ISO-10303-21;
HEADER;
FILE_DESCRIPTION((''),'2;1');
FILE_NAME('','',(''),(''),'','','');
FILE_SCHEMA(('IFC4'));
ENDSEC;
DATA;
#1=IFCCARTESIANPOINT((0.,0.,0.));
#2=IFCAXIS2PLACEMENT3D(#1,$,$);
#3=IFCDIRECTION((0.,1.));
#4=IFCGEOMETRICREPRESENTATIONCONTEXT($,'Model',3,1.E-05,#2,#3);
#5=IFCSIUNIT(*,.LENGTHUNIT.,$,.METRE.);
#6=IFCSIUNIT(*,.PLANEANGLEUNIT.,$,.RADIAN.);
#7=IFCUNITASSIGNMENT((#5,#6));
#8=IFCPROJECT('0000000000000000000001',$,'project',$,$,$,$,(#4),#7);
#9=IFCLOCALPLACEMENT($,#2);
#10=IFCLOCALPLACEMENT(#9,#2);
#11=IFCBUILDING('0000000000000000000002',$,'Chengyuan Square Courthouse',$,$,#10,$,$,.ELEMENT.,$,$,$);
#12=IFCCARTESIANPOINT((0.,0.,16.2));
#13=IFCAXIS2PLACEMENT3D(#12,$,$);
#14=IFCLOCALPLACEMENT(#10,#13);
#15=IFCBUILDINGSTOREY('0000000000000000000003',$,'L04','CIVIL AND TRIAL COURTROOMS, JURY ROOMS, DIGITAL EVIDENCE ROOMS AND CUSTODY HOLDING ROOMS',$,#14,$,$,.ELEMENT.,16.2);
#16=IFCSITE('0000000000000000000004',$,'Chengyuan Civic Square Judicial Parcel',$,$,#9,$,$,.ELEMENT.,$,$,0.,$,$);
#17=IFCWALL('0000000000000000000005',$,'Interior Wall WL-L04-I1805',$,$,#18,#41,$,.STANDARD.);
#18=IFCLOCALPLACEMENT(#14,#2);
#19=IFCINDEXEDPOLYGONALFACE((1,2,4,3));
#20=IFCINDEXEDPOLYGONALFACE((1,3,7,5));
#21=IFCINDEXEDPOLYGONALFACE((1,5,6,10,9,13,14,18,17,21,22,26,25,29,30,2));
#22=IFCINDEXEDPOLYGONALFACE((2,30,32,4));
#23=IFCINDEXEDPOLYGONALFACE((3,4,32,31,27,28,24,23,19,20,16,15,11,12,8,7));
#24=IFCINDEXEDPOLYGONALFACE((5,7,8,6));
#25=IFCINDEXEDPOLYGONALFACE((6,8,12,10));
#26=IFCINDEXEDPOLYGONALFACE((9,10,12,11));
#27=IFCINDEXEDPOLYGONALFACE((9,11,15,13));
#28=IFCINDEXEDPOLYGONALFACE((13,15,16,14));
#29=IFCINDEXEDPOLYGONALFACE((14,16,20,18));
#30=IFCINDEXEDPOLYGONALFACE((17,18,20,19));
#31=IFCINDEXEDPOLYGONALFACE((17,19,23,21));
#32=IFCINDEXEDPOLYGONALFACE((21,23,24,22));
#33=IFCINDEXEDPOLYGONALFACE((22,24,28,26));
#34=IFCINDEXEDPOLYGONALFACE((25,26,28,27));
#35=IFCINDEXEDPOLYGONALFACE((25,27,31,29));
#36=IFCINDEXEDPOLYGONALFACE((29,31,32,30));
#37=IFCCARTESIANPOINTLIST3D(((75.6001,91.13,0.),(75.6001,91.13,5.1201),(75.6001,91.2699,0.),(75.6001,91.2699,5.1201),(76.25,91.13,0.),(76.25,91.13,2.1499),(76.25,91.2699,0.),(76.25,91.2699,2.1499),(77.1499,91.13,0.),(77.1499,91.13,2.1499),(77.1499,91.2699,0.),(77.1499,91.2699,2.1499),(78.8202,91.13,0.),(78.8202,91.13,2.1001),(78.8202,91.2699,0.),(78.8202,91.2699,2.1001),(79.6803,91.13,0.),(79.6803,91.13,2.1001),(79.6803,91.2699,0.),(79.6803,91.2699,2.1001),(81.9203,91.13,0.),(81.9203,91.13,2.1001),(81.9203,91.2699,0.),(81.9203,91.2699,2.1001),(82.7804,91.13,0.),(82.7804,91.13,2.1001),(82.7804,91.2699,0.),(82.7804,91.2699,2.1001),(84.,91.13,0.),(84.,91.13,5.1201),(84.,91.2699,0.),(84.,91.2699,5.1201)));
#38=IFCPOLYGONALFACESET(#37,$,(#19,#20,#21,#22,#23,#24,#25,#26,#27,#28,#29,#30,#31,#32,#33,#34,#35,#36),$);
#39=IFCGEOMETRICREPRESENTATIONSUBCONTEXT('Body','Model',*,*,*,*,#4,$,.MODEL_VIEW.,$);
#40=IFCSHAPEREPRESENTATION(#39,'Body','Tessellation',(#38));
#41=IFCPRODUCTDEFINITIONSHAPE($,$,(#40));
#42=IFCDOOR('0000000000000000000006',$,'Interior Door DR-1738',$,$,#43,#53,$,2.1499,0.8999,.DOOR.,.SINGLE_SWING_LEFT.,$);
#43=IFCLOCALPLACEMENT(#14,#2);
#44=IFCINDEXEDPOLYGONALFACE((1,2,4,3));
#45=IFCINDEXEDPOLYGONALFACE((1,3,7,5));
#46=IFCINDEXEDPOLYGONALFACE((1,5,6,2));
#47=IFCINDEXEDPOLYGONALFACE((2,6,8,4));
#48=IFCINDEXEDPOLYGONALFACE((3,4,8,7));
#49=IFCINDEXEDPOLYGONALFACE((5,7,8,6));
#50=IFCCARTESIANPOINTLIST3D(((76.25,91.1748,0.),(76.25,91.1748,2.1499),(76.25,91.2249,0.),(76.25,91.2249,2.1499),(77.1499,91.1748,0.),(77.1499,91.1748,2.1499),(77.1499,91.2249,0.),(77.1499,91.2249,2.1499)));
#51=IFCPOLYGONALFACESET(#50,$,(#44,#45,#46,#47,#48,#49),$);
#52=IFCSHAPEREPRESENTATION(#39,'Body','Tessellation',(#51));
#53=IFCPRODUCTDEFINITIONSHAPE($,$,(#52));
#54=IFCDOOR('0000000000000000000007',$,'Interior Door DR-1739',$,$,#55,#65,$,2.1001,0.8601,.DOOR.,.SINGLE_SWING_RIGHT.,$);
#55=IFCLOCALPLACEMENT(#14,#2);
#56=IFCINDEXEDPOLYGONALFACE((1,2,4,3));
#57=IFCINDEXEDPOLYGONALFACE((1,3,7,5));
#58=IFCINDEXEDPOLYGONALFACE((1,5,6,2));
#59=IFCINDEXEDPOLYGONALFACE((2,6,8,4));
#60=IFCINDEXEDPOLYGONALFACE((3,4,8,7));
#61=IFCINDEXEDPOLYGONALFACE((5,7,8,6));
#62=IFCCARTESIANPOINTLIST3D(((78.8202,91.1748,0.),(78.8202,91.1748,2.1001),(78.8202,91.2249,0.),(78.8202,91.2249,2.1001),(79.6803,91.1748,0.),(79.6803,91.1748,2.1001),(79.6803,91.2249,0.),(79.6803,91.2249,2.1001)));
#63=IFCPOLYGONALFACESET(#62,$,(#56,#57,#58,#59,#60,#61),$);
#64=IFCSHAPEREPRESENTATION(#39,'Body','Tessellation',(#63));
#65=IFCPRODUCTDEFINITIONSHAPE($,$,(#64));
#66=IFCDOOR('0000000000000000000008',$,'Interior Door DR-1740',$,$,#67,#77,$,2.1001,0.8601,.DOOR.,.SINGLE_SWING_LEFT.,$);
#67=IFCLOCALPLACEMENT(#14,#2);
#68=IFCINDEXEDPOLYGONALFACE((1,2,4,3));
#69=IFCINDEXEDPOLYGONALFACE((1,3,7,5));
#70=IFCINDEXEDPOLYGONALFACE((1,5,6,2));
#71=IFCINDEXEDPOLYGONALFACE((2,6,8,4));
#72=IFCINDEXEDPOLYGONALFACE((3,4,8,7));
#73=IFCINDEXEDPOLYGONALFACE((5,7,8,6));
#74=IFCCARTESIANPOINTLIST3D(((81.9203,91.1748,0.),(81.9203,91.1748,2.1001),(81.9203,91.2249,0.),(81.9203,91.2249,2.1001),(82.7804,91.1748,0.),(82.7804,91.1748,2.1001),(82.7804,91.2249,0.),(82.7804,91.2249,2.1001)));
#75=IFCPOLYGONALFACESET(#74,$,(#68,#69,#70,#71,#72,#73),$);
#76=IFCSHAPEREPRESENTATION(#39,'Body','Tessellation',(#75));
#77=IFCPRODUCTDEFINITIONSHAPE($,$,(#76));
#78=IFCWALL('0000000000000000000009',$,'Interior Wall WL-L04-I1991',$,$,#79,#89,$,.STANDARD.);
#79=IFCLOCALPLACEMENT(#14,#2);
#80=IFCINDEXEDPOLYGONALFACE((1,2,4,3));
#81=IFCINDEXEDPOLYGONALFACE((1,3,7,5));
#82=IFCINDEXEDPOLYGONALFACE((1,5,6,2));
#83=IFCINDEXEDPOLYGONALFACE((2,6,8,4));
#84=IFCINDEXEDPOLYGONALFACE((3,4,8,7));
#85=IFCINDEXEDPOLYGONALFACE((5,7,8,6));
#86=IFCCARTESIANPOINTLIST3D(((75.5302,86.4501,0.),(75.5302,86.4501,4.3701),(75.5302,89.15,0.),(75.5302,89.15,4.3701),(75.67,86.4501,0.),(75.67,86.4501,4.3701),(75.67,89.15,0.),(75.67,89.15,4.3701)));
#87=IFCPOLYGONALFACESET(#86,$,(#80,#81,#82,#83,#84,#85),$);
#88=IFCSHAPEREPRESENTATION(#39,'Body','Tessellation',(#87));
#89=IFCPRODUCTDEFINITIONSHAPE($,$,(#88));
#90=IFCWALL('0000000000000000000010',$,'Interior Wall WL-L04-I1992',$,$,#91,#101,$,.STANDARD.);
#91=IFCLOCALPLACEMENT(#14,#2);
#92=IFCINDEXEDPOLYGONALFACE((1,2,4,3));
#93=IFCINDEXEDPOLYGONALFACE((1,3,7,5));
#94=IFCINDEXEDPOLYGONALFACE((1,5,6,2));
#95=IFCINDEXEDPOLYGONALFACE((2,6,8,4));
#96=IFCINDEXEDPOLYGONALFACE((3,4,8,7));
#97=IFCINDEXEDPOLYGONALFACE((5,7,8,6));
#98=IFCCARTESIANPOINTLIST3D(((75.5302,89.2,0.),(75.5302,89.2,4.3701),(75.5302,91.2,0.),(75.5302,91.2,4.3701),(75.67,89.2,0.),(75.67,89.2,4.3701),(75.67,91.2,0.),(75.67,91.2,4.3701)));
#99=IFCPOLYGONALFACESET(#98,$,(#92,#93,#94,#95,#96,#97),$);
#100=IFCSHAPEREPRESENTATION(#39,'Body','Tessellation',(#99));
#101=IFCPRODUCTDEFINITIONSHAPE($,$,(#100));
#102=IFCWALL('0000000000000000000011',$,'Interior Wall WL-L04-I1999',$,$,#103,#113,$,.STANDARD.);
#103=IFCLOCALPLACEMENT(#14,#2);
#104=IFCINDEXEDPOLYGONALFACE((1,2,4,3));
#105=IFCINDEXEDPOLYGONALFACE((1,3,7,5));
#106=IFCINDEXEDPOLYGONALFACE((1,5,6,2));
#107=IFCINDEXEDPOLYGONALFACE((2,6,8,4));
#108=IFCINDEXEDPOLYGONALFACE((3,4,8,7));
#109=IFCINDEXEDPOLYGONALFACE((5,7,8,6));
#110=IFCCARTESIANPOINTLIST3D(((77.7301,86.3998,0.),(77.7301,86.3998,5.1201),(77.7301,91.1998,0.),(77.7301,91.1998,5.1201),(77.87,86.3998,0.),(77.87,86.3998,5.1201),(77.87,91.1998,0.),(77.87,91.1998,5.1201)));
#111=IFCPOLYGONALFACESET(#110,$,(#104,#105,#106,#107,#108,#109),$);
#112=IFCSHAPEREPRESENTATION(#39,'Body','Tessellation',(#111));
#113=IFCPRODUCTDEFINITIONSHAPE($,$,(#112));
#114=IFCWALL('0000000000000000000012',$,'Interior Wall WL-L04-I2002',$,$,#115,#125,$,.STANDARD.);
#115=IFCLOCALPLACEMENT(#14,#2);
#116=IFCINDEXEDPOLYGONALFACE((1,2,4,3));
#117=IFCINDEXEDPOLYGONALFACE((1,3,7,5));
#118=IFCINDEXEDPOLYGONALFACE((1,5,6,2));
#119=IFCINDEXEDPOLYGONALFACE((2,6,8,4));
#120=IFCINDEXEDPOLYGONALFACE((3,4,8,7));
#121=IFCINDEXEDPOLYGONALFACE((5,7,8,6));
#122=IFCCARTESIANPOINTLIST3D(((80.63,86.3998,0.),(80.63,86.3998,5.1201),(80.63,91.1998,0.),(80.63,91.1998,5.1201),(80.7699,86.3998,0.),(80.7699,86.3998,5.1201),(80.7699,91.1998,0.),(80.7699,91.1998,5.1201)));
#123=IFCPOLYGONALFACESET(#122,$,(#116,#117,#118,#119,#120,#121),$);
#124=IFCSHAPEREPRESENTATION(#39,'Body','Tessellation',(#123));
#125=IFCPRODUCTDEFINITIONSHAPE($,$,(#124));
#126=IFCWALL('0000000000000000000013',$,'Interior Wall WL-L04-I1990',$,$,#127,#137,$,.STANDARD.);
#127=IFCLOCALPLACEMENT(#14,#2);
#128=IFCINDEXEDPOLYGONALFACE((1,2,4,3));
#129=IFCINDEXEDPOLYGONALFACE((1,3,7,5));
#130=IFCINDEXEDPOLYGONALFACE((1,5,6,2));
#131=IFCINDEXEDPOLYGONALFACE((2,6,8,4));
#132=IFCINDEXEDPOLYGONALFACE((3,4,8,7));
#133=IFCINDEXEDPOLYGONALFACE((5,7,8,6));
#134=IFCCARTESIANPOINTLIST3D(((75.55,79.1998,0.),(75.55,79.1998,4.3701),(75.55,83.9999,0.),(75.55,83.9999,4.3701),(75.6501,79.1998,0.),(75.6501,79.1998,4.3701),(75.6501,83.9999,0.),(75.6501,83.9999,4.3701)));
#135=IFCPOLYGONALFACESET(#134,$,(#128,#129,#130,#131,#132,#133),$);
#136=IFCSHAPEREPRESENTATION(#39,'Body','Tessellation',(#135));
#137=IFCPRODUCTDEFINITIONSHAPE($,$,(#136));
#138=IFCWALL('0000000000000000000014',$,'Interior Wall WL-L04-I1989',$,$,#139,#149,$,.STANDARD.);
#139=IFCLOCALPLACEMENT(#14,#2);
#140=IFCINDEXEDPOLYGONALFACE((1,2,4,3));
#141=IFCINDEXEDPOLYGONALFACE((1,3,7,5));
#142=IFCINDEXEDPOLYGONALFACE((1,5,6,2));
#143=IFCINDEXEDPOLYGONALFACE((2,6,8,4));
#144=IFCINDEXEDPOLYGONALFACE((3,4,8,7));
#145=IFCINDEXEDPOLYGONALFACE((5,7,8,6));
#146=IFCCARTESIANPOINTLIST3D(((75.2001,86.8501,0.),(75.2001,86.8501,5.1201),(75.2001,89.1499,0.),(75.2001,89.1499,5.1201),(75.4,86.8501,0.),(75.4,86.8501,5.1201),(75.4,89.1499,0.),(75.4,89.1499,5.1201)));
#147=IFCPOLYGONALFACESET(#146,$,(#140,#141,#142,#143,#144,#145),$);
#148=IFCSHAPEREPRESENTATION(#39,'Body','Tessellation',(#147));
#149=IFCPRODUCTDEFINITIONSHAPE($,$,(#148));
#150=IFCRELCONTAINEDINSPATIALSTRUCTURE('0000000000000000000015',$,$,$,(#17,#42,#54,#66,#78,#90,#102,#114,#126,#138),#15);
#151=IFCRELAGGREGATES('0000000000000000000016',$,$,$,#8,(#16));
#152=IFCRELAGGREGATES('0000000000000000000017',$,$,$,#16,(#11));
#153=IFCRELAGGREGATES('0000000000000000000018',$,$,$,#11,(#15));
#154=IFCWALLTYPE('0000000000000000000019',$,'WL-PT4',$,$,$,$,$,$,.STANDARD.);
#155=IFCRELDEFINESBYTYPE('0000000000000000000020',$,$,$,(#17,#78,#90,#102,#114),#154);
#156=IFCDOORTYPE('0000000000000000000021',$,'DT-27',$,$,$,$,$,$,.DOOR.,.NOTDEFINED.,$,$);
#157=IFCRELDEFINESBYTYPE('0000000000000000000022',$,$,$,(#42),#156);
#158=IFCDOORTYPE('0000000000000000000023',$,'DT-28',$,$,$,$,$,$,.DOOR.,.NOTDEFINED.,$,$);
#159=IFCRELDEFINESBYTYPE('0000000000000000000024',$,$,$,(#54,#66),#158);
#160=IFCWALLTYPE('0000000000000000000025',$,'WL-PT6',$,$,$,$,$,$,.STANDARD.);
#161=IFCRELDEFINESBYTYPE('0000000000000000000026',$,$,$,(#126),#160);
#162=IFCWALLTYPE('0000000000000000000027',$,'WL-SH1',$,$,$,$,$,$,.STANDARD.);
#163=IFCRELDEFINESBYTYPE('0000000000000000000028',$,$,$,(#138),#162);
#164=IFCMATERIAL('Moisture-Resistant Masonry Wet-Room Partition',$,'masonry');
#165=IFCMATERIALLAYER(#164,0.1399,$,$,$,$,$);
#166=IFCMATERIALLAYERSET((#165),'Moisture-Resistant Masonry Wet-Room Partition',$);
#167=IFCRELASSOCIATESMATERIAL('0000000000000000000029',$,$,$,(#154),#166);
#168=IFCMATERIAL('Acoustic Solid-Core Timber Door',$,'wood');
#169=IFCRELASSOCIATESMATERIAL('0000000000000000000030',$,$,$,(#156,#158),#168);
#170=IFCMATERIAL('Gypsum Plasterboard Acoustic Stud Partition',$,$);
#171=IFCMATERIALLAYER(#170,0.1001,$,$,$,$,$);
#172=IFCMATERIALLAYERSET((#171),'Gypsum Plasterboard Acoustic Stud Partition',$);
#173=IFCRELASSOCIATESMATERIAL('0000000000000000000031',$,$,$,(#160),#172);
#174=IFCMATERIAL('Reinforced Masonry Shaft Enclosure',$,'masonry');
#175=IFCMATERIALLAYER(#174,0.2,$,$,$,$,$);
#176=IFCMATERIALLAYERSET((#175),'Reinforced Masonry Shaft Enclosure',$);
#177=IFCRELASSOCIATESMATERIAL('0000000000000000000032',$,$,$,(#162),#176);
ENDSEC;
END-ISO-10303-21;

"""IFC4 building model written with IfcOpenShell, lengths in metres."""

from ifc_helpers import new_model, si_unit, direction, frame, frame_2d, origin, place, context, subcontext, project, spatial, rectangle, extrude, material, layer, layer_set, type_object, element, fill, save


model = new_model("IFC4")

# Units and contexts
model_context = context("Model", 3, precision=1e-05, world=origin(), true_north=direction((0.0, 1.0)))
body_context = subcontext(model_context, "Body", "Model", "MODEL_VIEW")
ifc_project = project(units=[si_unit("LENGTHUNIT", "METRE"), si_unit("PLANEANGLEUNIT", "RADIAN")], contexts=[model_context])

# Site, building, storey
site_placement = place(None, origin())
site = spatial("IfcSite", under=ifc_project, at=site_placement, Name="Chengyuan Civic Square Judicial Parcel", CompositionType="ELEMENT", RefElevation=0.0)
building_placement = place(site_placement, origin())
building = spatial("IfcBuilding", under=site, at=building_placement, Name="Chengyuan Square Courthouse", CompositionType="ELEMENT")
storey_placement = place(building_placement, frame((0.0, 0.0, 16.2)))
storey = spatial("IfcBuildingStorey", under=building, at=storey_placement, Name="L04", Description="CIVIL AND TRIAL COURTROOMS, JURY ROOMS, DIGITAL EVIDENCE ROOMS AND CUSTODY HOLDING ROOMS", CompositionType="ELEMENT", Elevation=16.2)

# Shared definitions
ifc_material_1 = material(Name="Moisture-Resistant Masonry Wet-Room Partition", Category="masonry")
ifc_layer_1 = layer(ifc_material_1, 0.1399)
ifc_layer_set_1 = layer_set([ifc_layer_1], Name="Moisture-Resistant Masonry Wet-Room Partition")
wall_type_1 = type_object("IfcWallType", Name="WL-PT4", PredefinedType="STANDARD", material=ifc_layer_set_1)

# Wall, openings, doors
wall_1_placement = place(storey_placement, frame((75.6001, 91.2, 0.0), z_axis=(0.0, 0.0, 1.0), x_axis=(1.0, 0.0, 0.0)))
wall_1 = element("IfcWall", 1, at=wall_1_placement, inside=storey, type_object=wall_type_1, Name="Interior Wall WL-L04-I1805", PredefinedType="STANDARD", context=body_context, shape_type="SweptSolid", body=[
    extrude(rectangle(XDim=8.3999, YDim=0.1399, at=frame_2d((4.2, 0.0))), origin(), (0.0, 0.0, 1.0), 5.1201),
])
opening_1_placement = place(wall_1_placement, frame((0.6499, 0.0, 0.0)))
opening_1 = element("IfcOpeningElement", 2, at=opening_1_placement, cuts=wall_1, PredefinedType="OPENING", context=body_context, shape_type="SweptSolid", body=[
    extrude(rectangle(XDim=0.8999, YDim=2.1499, at=frame_2d((0.45, 1.075))), frame((0.0, 0.082, 0.0), z_axis=(0.0, -1.0, 0.0), x_axis=(1.0, 0.0, 0.0)), (0.0, 0.0, 1.0), 0.1638),
])
opening_2_placement = place(wall_1_placement, frame((3.22, 0.0, 0.0)))
opening_2 = element("IfcOpeningElement", 3, at=opening_2_placement, cuts=wall_1, PredefinedType="OPENING", context=body_context, shape_type="SweptSolid", body=[
    extrude(rectangle(XDim=0.8601, YDim=2.1001, at=frame_2d((0.4302, 1.05))), frame((0.0, 0.082, 0.0), z_axis=(0.0, -1.0, 0.0), x_axis=(1.0, 0.0, 0.0)), (0.0, 0.0, 1.0), 0.1638),
])
opening_3_placement = place(wall_1_placement, frame((6.3201, 0.0, 0.0)))
opening_3 = element("IfcOpeningElement", 4, at=opening_3_placement, cuts=wall_1, PredefinedType="OPENING", context=body_context, shape_type="SweptSolid", body=[
    extrude(rectangle(XDim=0.8601, YDim=2.1001, at=frame_2d((0.4302, 1.05))), frame((0.0, 0.082, 0.0), z_axis=(0.0, -1.0, 0.0), x_axis=(1.0, 0.0, 0.0)), (0.0, 0.0, 1.0), 0.1638),
])
ifc_material_2 = material(Name="Acoustic Solid-Core Timber Door", Category="wood")
door_type_1 = type_object("IfcDoorType", Name="DT-27", OperationType="NOTDEFINED", PredefinedType="DOOR", material=ifc_material_2)
door_1_placement = place(opening_1_placement, origin())
door_1 = element("IfcDoor", 5, at=door_1_placement, inside=storey, type_object=door_type_1, Name="Interior Door DR-1738", OperationType="SINGLE_SWING_LEFT", OverallHeight=2.1499, OverallWidth=0.8999, PredefinedType="DOOR", context=body_context, shape_type="SweptSolid", body=[
    extrude(rectangle(XDim=0.8999, YDim=2.1499, at=frame_2d((0.45, 1.075))), frame((0.0, 0.0249, 0.0), z_axis=(0.0, -1.0, 0.0), x_axis=(1.0, 0.0, 0.0)), (0.0, 0.0, 1.0), 0.05),
])
fill(opening_1, door_1)
door_type_2 = type_object("IfcDoorType", Name="DT-28", OperationType="NOTDEFINED", PredefinedType="DOOR", material=ifc_material_2)
door_2_placement = place(opening_2_placement, origin())
door_2 = element("IfcDoor", 6, at=door_2_placement, inside=storey, type_object=door_type_2, Name="Interior Door DR-1739", OperationType="SINGLE_SWING_RIGHT", OverallHeight=2.1001, OverallWidth=0.8601, PredefinedType="DOOR", context=body_context, shape_type="SweptSolid", body=[
    extrude(rectangle(XDim=0.8601, YDim=2.1001, at=frame_2d((0.4302, 1.05))), frame((0.0, 0.0249, 0.0), z_axis=(0.0, -1.0, 0.0), x_axis=(1.0, 0.0, 0.0)), (0.0, 0.0, 1.0), 0.05),
])
fill(opening_2, door_2)
door_3_placement = place(opening_3_placement, origin())
door_3 = element("IfcDoor", 7, at=door_3_placement, inside=storey, type_object=door_type_2, Name="Interior Door DR-1740", OperationType="SINGLE_SWING_LEFT", OverallHeight=2.1001, OverallWidth=0.8601, PredefinedType="DOOR", context=body_context, shape_type="SweptSolid", body=[
    extrude(rectangle(XDim=0.8601, YDim=2.1001, at=frame_2d((0.4302, 1.05))), frame((0.0, 0.0249, 0.0), z_axis=(0.0, -1.0, 0.0), x_axis=(1.0, 0.0, 0.0)), (0.0, 0.0, 1.0), 0.05),
])
fill(opening_3, door_3)

# Walls
wall_2_placement = place(storey_placement, frame((75.6001, 86.45, 0.0), z_axis=(0.0, 0.0, 1.0), x_axis=(0.0, 1.0, 0.0)))
element("IfcWall", 8, at=wall_2_placement, inside=storey, type_object=wall_type_1, Name="Interior Wall WL-L04-I1991", PredefinedType="STANDARD", context=body_context, shape_type="SweptSolid", body=[
    extrude(rectangle(XDim=2.7, YDim=0.1399, at=frame_2d((1.3501, 0.0))), origin(), (0.0, 0.0, 1.0), 4.3701),
])
wall_3_placement = place(storey_placement, frame((75.6001, 89.2, 0.0), z_axis=(0.0, 0.0, 1.0), x_axis=(0.0, 1.0, 0.0)))
element("IfcWall", 9, at=wall_3_placement, inside=storey, type_object=wall_type_1, Name="Interior Wall WL-L04-I1992", PredefinedType="STANDARD", context=body_context, shape_type="SweptSolid", body=[
    extrude(rectangle(XDim=2.0, YDim=0.1399, at=frame_2d((1.0, 0.0))), origin(), (0.0, 0.0, 1.0), 4.3701),
])
for number, where, z_axis, x_axis, name in (
    (10, (77.8, 86.3999, 0.0), (0.0, 0.0, 1.0), (0.0, 1.0, 0.0), "Interior Wall WL-L04-I1999"),
    (11, (80.7, 86.3999, 0.0), (0.0, 0.0, 1.0), (0.0, 1.0, 0.0), "Interior Wall WL-L04-I2002"),
):
    element("IfcWall", number, at=place(storey_placement, frame(where, z_axis=z_axis, x_axis=x_axis)), inside=storey, type_object=wall_type_1, Name=name, PredefinedType="STANDARD", context=body_context, shape_type="SweptSolid", body=[
        extrude(rectangle(XDim=4.8, YDim=0.1399, at=frame_2d((2.3999, 0.0))), origin(), (0.0, 0.0, 1.0), 5.1201),
    ])
ifc_material_3 = material(Name="Gypsum Plasterboard Acoustic Stud Partition")
ifc_layer_2 = layer(ifc_material_3, 0.1001)
ifc_layer_set_2 = layer_set([ifc_layer_2], Name="Gypsum Plasterboard Acoustic Stud Partition")
wall_type_2 = type_object("IfcWallType", Name="WL-PT6", PredefinedType="STANDARD", material=ifc_layer_set_2)
wall_4_placement = place(storey_placement, frame((75.6001, 79.2, 0.0), z_axis=(0.0, 0.0, 1.0), x_axis=(0.0, 1.0, 0.0)))
element("IfcWall", 12, at=wall_4_placement, inside=storey, type_object=wall_type_2, Name="Interior Wall WL-L04-I1990", PredefinedType="STANDARD", context=body_context, shape_type="SweptSolid", body=[
    extrude(rectangle(XDim=4.8, YDim=0.1001, at=frame_2d((2.3999, 0.0))), origin(), (0.0, 0.0, 1.0), 4.3701),
])

# Wall
ifc_material_4 = material(Name="Reinforced Masonry Shaft Enclosure", Category="masonry")
ifc_layer_3 = layer(ifc_material_4, 0.2)
ifc_layer_set_3 = layer_set([ifc_layer_3], Name="Reinforced Masonry Shaft Enclosure")
wall_type_3 = type_object("IfcWallType", Name="WL-SH1", PredefinedType="STANDARD", material=ifc_layer_set_3)
wall_5_placement = place(storey_placement, frame((75.3, 86.8501, 0.0), z_axis=(0.0, 0.0, 1.0), x_axis=(0.0, 1.0, 0.0)))
element("IfcWall", 13, at=wall_5_placement, inside=storey, type_object=wall_type_3, Name="Interior Wall WL-L04-I1989", PredefinedType="STANDARD", context=body_context, shape_type="SweptSolid", body=[
    extrude(rectangle(XDim=2.2998, YDim=0.2, at=frame_2d((1.1499, 0.0))), origin(), (0.0, 0.0, 1.0), 5.1201),
])

save(model, "model.ifc")
